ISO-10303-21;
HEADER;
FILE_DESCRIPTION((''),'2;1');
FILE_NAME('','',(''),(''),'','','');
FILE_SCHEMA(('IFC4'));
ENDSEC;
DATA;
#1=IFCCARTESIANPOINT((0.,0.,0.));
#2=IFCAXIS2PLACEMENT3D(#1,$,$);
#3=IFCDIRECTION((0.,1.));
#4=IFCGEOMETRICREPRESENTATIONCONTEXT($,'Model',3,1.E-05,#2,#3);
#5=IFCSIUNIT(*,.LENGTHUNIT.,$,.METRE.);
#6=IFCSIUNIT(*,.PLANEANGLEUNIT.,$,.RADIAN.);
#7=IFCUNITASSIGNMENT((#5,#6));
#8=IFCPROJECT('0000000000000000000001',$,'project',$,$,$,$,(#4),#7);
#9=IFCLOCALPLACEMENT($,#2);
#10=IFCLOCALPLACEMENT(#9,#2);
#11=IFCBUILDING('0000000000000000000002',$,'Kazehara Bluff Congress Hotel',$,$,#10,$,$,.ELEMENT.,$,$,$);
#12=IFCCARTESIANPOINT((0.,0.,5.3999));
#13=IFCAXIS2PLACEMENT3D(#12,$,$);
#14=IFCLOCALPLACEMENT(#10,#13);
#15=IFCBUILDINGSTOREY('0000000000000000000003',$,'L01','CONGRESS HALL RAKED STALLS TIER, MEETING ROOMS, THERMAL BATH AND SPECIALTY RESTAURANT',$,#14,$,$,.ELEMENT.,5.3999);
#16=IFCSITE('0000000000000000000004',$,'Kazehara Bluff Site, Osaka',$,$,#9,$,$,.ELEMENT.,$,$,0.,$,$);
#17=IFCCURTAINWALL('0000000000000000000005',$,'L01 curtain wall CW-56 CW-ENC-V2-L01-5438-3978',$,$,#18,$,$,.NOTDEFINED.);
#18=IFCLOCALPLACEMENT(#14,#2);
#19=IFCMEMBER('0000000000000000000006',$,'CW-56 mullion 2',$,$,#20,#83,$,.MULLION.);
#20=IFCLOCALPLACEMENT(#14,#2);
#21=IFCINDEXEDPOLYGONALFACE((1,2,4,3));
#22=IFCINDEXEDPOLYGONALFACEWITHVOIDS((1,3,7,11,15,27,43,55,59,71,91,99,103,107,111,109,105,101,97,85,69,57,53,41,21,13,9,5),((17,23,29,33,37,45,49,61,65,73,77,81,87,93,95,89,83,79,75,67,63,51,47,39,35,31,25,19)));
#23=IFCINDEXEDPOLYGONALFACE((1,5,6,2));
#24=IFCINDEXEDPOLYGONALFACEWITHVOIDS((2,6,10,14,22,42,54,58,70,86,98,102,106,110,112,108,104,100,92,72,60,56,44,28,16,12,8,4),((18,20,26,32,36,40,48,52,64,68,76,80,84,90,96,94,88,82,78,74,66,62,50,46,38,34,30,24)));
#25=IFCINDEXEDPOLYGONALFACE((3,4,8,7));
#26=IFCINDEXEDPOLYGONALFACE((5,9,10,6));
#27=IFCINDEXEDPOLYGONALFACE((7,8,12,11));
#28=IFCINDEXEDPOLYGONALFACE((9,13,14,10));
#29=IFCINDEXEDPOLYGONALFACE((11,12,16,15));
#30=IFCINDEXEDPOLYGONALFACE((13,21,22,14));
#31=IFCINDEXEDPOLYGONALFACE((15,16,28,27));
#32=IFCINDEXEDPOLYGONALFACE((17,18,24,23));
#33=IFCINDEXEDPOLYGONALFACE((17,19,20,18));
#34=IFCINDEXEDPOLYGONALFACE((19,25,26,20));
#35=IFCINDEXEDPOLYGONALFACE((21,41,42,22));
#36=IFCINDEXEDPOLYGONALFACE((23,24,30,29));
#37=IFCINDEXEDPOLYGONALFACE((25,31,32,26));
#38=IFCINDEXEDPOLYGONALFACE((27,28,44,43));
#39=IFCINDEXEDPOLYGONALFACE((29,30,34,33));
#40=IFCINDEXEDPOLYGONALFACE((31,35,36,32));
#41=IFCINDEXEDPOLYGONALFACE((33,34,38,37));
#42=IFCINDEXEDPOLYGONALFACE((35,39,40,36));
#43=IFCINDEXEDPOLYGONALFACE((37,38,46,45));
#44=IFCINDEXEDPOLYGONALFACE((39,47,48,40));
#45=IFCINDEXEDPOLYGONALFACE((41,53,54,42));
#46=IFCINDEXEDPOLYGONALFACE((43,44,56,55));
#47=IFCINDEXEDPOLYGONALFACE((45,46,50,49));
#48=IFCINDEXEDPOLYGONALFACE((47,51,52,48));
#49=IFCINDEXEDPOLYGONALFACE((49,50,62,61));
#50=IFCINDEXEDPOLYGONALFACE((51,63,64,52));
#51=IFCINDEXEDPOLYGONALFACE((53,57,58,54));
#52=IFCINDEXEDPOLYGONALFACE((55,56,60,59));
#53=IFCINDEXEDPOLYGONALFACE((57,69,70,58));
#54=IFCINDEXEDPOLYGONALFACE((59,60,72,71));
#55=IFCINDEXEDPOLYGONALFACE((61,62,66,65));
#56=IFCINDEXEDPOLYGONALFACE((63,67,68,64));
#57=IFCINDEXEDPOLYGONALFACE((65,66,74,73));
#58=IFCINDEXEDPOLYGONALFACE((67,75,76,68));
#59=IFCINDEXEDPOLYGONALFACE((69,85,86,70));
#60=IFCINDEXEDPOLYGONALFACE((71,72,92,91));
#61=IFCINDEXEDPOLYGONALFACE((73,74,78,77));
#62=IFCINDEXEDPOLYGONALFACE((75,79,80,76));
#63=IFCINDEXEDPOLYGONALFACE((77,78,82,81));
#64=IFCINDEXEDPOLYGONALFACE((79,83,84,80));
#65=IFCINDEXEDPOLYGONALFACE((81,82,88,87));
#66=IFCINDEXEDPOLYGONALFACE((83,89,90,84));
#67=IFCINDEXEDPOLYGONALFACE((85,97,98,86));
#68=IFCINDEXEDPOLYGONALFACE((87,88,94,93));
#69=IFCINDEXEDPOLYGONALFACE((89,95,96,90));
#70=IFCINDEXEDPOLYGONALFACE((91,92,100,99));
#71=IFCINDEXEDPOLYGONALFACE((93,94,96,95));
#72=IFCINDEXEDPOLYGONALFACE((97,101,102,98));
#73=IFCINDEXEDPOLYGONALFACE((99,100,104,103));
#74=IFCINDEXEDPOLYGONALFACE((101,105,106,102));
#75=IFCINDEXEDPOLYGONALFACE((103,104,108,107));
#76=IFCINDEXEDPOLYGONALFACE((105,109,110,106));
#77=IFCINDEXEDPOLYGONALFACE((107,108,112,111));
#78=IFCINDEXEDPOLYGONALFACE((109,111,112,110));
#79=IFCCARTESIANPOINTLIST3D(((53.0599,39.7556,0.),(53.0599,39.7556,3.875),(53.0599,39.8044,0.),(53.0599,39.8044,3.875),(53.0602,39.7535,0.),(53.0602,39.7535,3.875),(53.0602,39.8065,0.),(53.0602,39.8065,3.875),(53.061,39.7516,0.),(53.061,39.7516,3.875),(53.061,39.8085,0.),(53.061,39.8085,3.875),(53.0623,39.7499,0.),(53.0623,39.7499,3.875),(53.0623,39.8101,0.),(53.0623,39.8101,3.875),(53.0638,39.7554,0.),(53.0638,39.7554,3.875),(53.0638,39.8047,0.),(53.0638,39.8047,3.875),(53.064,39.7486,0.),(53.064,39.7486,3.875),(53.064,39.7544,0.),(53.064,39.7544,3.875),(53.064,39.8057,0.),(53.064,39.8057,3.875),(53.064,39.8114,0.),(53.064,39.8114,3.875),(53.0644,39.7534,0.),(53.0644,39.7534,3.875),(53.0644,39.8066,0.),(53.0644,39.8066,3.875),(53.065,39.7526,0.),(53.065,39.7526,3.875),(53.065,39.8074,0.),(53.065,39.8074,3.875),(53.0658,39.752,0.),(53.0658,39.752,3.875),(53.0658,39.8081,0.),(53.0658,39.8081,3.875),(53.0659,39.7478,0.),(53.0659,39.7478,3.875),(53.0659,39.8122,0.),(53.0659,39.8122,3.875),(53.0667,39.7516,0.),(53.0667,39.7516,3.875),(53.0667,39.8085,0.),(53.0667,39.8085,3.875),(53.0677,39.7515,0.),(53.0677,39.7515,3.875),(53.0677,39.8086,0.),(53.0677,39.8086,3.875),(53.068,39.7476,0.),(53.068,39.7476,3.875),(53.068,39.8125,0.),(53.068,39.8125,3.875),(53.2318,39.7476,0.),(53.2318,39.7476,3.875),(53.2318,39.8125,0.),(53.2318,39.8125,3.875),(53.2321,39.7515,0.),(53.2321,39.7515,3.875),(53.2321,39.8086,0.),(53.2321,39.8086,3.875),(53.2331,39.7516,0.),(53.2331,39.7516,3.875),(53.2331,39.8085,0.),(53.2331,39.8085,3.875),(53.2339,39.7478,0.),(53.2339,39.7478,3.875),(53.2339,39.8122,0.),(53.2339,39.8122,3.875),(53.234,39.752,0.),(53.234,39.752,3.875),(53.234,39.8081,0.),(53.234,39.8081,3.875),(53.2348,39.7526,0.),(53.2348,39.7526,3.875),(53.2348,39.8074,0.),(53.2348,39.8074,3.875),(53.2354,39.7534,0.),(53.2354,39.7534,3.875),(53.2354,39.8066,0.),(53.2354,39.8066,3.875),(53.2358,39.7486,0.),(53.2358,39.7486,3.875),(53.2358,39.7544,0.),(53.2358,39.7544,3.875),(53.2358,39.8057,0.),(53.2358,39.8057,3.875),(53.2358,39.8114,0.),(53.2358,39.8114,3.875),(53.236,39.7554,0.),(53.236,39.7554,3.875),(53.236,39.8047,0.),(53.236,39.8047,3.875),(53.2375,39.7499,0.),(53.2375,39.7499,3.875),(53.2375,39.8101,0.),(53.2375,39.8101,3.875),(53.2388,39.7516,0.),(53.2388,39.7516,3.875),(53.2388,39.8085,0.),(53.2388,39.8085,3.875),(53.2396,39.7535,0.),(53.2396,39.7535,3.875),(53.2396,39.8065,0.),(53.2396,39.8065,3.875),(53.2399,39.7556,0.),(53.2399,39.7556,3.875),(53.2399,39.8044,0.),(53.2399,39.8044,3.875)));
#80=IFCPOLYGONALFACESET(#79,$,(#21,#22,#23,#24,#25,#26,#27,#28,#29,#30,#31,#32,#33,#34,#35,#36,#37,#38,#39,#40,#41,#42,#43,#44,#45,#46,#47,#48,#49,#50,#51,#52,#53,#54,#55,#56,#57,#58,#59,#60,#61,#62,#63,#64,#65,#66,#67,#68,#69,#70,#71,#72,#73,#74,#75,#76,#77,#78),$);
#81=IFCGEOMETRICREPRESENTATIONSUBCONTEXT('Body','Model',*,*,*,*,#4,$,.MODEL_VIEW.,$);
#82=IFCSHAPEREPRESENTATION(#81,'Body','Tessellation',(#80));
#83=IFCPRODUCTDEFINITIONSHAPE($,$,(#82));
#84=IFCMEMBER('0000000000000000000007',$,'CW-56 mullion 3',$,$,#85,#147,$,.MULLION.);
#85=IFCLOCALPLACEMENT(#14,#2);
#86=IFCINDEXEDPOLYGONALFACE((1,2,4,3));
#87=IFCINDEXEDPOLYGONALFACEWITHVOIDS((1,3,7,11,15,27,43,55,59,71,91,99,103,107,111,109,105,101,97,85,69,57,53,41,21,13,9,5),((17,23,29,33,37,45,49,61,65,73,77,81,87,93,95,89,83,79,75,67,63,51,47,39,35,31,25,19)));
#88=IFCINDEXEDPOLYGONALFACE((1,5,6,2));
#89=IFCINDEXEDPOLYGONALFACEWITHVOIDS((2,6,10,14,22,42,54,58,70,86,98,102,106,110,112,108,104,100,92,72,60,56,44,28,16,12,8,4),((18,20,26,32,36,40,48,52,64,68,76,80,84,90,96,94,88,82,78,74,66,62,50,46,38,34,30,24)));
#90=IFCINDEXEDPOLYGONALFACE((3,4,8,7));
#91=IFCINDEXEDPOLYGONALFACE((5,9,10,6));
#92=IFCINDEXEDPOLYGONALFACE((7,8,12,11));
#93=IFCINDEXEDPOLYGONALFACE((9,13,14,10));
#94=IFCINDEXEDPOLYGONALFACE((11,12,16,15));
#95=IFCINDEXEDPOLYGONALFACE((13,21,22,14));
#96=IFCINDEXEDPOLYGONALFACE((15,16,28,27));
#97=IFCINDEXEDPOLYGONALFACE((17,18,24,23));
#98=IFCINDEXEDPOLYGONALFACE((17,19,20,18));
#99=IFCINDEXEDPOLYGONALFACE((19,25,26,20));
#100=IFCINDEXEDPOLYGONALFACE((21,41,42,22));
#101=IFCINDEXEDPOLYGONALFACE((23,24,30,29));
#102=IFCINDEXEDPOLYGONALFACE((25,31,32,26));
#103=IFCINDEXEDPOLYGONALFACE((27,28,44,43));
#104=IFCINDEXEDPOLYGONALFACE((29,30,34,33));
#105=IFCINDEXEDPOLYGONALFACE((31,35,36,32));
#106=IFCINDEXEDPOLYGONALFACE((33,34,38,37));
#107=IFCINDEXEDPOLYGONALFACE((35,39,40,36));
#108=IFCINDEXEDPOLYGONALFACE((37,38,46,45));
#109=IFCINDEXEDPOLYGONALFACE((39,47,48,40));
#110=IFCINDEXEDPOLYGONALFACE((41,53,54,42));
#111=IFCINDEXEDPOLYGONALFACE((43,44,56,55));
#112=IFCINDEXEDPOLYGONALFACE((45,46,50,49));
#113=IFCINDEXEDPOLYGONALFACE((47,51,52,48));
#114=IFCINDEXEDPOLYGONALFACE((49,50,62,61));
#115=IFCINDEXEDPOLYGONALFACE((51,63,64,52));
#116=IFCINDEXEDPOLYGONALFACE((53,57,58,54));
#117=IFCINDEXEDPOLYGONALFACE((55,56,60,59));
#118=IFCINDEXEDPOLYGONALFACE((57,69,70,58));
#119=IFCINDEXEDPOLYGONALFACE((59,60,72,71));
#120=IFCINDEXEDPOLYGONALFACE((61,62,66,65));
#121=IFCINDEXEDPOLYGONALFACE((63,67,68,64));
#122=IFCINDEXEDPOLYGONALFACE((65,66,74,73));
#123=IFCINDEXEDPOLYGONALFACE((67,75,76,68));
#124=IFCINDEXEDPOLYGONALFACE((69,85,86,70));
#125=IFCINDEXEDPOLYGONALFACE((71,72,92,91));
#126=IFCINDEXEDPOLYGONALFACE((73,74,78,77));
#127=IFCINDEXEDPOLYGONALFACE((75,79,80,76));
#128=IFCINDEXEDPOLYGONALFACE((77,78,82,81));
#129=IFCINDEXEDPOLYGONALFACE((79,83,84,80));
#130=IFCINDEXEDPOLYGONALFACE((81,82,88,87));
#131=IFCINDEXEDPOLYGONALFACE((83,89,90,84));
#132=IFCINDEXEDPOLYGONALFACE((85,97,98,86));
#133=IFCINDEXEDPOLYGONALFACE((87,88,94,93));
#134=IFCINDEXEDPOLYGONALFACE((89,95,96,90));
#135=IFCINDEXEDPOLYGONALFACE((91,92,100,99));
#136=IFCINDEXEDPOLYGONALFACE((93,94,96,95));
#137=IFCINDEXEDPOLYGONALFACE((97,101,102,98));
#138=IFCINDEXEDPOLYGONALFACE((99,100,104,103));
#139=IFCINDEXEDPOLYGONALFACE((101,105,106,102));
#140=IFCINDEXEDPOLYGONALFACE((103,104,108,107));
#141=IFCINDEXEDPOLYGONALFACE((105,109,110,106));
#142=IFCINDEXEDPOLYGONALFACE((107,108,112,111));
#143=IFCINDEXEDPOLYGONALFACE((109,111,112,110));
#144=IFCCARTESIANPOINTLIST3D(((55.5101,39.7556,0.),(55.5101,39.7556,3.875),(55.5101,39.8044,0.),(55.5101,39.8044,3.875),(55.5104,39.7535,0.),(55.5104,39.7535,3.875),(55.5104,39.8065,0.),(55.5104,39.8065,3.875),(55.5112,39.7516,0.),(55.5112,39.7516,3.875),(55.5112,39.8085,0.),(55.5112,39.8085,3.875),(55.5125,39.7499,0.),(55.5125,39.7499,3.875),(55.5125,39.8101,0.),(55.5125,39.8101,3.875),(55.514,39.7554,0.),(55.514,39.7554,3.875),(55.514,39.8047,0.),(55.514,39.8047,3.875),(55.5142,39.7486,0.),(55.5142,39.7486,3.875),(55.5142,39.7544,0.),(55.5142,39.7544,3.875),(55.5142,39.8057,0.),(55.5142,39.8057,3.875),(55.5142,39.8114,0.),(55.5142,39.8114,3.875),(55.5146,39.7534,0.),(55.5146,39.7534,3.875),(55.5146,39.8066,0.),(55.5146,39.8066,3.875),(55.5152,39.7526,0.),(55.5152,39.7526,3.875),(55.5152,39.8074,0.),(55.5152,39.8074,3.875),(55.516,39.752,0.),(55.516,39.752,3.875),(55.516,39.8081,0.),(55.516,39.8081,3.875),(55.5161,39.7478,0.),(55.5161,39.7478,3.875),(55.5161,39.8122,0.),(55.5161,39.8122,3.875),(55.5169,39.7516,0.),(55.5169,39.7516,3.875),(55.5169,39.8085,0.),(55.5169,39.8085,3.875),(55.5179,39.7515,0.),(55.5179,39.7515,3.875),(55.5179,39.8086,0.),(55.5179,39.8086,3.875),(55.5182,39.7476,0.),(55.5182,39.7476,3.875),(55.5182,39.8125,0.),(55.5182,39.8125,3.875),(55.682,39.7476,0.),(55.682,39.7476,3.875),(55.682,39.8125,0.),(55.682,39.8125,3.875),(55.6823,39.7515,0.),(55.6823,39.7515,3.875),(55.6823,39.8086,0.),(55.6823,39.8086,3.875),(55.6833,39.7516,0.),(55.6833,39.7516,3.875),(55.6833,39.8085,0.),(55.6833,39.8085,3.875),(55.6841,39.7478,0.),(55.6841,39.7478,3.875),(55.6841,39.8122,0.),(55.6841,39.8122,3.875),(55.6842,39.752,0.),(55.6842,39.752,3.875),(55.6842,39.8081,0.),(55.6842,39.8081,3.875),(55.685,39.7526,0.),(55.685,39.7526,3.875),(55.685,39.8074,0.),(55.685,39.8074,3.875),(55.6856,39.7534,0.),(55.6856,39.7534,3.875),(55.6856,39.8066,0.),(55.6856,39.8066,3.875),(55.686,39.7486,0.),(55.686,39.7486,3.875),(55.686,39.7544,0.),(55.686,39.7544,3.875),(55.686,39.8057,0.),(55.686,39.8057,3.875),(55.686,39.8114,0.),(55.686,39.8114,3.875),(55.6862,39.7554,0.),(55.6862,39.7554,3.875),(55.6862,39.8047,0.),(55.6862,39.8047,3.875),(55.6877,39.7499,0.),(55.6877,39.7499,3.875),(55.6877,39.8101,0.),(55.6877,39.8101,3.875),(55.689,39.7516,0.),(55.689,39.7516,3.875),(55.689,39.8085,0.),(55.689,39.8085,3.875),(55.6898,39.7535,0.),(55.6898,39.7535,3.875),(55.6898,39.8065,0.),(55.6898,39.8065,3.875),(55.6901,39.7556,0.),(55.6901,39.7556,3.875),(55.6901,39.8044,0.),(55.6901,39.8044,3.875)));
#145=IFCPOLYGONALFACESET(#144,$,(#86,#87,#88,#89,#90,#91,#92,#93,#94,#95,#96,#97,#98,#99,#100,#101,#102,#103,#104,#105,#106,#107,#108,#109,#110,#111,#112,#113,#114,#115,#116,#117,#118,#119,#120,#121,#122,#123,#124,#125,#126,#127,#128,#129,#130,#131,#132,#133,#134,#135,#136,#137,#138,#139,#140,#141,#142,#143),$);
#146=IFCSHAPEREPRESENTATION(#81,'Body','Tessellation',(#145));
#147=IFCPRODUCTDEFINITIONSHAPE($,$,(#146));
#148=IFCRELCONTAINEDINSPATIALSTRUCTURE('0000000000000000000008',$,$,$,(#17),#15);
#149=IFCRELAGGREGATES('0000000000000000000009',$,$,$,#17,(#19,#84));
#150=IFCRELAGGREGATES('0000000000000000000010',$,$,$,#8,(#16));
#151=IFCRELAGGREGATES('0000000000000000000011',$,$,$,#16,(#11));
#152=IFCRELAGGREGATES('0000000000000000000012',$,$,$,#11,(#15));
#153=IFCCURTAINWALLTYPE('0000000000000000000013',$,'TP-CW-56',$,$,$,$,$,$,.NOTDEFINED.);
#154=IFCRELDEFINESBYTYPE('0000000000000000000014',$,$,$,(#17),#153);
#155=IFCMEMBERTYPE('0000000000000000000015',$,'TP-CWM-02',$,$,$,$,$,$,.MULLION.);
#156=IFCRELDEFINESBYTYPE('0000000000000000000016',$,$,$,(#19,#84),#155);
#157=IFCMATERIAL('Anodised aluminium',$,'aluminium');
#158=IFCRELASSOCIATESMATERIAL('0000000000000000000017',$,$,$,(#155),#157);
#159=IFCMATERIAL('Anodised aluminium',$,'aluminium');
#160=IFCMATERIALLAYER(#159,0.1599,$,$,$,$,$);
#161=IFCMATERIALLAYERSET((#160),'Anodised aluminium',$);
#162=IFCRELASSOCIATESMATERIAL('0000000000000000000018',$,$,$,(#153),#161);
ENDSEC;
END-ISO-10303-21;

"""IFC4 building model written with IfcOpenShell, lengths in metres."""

from ifc_helpers import new_model, si_unit, direction, frame, origin, origin_2d, place, context, subcontext, project, spatial, hollow_rectangle, extrude, material, layer, layer_set, material_profile, profile_set, type_object, element, aggregate, save


model = new_model("IFC4")

# Units and contexts
model_context = context("Model", 3, precision=1e-05, world=origin(), true_north=direction((0.0, 1.0)))
body_context = subcontext(model_context, "Body", "Model", "MODEL_VIEW")
ifc_project = project(units=[si_unit("LENGTHUNIT", "METRE"), si_unit("PLANEANGLEUNIT", "RADIAN")], contexts=[model_context])

# Site, building, storey
site_placement = place(None, origin())
site = spatial("IfcSite", under=ifc_project, at=site_placement, Name="Kazehara Bluff Site, Osaka", CompositionType="ELEMENT", RefElevation=0.0)
building_placement = place(site_placement, origin())
building = spatial("IfcBuilding", under=site, at=building_placement, Name="Kazehara Bluff Congress Hotel", CompositionType="ELEMENT")
storey_placement = place(building_placement, frame((0.0, 0.0, 5.3999)))
storey = spatial("IfcBuildingStorey", under=building, at=storey_placement, Name="L01", Description="CONGRESS HALL RAKED STALLS TIER, MEETING ROOMS, THERMAL BATH AND SPECIALTY RESTAURANT", CompositionType="ELEMENT", Elevation=5.3999)

# Shared definitions
ifc_material_1 = material(Name="Anodised aluminium", Category="aluminium")
ifc_material_profile_1 = material_profile(ifc_material_1, hollow_rectangle(XDim=0.0649, YDim=0.1799, WallThickness=0.0039, InnerFilletRadius=0.0039, OuterFilletRadius=0.0081, at=origin_2d()))
ifc_profile_set_1 = profile_set([ifc_material_profile_1], Name="Anodised aluminium")
member_type_1 = type_object("IfcMemberType", Name="TP-CWM-02", PredefinedType="MULLION", material=ifc_profile_set_1)

# Curtain wall, members
ifc_material_2 = material(Name="Anodised aluminium", Category="aluminium")
ifc_layer_1 = layer(ifc_material_2, 0.1599)
ifc_layer_set_1 = layer_set([ifc_layer_1], Name="Anodised aluminium")
curtain_wall_type_1 = type_object("IfcCurtainWallType", Name="TP-CW-56", PredefinedType="NOTDEFINED", material=ifc_layer_set_1)
curtain_wall_1_placement = place(storey_placement, origin())
curtain_wall_1 = element("IfcCurtainWall", 1, at=curtain_wall_1_placement, inside=storey, type_object=curtain_wall_type_1, Name="L01 curtain wall CW-56 CW-ENC-V2-L01-5438-3978", PredefinedType="NOTDEFINED")
member_1_placement = place(storey_placement, frame((53.1499, 39.78, 0.0), z_axis=(0.0, 0.0, 1.0), x_axis=(0.0, 1.0, 0.0)))
member_1 = element("IfcMember", 2, at=member_1_placement, type_object=member_type_1, Name="CW-56 mullion 2", PredefinedType="MULLION", context=body_context, shape_type="SweptSolid", body=[
    extrude(hollow_rectangle(XDim=0.0649, YDim=0.1799, WallThickness=0.0039, InnerFilletRadius=0.0039, OuterFilletRadius=0.0081, at=origin_2d()), origin(), (0.0, 0.0, 1.0), 3.875),
])
member_2_placement = place(storey_placement, frame((55.6001, 39.78, 0.0), z_axis=(0.0, 0.0, 1.0), x_axis=(0.0, 1.0, 0.0)))
member_2 = element("IfcMember", 3, at=member_2_placement, type_object=member_type_1, Name="CW-56 mullion 3", PredefinedType="MULLION", context=body_context, shape_type="SweptSolid", body=[
    extrude(hollow_rectangle(XDim=0.0649, YDim=0.1799, WallThickness=0.0039, InnerFilletRadius=0.0039, OuterFilletRadius=0.0081, at=origin_2d()), origin(), (0.0, 0.0, 1.0), 3.875),
])

aggregate(curtain_wall_1, [member_1, member_2])

save(model, "model.ifc")
